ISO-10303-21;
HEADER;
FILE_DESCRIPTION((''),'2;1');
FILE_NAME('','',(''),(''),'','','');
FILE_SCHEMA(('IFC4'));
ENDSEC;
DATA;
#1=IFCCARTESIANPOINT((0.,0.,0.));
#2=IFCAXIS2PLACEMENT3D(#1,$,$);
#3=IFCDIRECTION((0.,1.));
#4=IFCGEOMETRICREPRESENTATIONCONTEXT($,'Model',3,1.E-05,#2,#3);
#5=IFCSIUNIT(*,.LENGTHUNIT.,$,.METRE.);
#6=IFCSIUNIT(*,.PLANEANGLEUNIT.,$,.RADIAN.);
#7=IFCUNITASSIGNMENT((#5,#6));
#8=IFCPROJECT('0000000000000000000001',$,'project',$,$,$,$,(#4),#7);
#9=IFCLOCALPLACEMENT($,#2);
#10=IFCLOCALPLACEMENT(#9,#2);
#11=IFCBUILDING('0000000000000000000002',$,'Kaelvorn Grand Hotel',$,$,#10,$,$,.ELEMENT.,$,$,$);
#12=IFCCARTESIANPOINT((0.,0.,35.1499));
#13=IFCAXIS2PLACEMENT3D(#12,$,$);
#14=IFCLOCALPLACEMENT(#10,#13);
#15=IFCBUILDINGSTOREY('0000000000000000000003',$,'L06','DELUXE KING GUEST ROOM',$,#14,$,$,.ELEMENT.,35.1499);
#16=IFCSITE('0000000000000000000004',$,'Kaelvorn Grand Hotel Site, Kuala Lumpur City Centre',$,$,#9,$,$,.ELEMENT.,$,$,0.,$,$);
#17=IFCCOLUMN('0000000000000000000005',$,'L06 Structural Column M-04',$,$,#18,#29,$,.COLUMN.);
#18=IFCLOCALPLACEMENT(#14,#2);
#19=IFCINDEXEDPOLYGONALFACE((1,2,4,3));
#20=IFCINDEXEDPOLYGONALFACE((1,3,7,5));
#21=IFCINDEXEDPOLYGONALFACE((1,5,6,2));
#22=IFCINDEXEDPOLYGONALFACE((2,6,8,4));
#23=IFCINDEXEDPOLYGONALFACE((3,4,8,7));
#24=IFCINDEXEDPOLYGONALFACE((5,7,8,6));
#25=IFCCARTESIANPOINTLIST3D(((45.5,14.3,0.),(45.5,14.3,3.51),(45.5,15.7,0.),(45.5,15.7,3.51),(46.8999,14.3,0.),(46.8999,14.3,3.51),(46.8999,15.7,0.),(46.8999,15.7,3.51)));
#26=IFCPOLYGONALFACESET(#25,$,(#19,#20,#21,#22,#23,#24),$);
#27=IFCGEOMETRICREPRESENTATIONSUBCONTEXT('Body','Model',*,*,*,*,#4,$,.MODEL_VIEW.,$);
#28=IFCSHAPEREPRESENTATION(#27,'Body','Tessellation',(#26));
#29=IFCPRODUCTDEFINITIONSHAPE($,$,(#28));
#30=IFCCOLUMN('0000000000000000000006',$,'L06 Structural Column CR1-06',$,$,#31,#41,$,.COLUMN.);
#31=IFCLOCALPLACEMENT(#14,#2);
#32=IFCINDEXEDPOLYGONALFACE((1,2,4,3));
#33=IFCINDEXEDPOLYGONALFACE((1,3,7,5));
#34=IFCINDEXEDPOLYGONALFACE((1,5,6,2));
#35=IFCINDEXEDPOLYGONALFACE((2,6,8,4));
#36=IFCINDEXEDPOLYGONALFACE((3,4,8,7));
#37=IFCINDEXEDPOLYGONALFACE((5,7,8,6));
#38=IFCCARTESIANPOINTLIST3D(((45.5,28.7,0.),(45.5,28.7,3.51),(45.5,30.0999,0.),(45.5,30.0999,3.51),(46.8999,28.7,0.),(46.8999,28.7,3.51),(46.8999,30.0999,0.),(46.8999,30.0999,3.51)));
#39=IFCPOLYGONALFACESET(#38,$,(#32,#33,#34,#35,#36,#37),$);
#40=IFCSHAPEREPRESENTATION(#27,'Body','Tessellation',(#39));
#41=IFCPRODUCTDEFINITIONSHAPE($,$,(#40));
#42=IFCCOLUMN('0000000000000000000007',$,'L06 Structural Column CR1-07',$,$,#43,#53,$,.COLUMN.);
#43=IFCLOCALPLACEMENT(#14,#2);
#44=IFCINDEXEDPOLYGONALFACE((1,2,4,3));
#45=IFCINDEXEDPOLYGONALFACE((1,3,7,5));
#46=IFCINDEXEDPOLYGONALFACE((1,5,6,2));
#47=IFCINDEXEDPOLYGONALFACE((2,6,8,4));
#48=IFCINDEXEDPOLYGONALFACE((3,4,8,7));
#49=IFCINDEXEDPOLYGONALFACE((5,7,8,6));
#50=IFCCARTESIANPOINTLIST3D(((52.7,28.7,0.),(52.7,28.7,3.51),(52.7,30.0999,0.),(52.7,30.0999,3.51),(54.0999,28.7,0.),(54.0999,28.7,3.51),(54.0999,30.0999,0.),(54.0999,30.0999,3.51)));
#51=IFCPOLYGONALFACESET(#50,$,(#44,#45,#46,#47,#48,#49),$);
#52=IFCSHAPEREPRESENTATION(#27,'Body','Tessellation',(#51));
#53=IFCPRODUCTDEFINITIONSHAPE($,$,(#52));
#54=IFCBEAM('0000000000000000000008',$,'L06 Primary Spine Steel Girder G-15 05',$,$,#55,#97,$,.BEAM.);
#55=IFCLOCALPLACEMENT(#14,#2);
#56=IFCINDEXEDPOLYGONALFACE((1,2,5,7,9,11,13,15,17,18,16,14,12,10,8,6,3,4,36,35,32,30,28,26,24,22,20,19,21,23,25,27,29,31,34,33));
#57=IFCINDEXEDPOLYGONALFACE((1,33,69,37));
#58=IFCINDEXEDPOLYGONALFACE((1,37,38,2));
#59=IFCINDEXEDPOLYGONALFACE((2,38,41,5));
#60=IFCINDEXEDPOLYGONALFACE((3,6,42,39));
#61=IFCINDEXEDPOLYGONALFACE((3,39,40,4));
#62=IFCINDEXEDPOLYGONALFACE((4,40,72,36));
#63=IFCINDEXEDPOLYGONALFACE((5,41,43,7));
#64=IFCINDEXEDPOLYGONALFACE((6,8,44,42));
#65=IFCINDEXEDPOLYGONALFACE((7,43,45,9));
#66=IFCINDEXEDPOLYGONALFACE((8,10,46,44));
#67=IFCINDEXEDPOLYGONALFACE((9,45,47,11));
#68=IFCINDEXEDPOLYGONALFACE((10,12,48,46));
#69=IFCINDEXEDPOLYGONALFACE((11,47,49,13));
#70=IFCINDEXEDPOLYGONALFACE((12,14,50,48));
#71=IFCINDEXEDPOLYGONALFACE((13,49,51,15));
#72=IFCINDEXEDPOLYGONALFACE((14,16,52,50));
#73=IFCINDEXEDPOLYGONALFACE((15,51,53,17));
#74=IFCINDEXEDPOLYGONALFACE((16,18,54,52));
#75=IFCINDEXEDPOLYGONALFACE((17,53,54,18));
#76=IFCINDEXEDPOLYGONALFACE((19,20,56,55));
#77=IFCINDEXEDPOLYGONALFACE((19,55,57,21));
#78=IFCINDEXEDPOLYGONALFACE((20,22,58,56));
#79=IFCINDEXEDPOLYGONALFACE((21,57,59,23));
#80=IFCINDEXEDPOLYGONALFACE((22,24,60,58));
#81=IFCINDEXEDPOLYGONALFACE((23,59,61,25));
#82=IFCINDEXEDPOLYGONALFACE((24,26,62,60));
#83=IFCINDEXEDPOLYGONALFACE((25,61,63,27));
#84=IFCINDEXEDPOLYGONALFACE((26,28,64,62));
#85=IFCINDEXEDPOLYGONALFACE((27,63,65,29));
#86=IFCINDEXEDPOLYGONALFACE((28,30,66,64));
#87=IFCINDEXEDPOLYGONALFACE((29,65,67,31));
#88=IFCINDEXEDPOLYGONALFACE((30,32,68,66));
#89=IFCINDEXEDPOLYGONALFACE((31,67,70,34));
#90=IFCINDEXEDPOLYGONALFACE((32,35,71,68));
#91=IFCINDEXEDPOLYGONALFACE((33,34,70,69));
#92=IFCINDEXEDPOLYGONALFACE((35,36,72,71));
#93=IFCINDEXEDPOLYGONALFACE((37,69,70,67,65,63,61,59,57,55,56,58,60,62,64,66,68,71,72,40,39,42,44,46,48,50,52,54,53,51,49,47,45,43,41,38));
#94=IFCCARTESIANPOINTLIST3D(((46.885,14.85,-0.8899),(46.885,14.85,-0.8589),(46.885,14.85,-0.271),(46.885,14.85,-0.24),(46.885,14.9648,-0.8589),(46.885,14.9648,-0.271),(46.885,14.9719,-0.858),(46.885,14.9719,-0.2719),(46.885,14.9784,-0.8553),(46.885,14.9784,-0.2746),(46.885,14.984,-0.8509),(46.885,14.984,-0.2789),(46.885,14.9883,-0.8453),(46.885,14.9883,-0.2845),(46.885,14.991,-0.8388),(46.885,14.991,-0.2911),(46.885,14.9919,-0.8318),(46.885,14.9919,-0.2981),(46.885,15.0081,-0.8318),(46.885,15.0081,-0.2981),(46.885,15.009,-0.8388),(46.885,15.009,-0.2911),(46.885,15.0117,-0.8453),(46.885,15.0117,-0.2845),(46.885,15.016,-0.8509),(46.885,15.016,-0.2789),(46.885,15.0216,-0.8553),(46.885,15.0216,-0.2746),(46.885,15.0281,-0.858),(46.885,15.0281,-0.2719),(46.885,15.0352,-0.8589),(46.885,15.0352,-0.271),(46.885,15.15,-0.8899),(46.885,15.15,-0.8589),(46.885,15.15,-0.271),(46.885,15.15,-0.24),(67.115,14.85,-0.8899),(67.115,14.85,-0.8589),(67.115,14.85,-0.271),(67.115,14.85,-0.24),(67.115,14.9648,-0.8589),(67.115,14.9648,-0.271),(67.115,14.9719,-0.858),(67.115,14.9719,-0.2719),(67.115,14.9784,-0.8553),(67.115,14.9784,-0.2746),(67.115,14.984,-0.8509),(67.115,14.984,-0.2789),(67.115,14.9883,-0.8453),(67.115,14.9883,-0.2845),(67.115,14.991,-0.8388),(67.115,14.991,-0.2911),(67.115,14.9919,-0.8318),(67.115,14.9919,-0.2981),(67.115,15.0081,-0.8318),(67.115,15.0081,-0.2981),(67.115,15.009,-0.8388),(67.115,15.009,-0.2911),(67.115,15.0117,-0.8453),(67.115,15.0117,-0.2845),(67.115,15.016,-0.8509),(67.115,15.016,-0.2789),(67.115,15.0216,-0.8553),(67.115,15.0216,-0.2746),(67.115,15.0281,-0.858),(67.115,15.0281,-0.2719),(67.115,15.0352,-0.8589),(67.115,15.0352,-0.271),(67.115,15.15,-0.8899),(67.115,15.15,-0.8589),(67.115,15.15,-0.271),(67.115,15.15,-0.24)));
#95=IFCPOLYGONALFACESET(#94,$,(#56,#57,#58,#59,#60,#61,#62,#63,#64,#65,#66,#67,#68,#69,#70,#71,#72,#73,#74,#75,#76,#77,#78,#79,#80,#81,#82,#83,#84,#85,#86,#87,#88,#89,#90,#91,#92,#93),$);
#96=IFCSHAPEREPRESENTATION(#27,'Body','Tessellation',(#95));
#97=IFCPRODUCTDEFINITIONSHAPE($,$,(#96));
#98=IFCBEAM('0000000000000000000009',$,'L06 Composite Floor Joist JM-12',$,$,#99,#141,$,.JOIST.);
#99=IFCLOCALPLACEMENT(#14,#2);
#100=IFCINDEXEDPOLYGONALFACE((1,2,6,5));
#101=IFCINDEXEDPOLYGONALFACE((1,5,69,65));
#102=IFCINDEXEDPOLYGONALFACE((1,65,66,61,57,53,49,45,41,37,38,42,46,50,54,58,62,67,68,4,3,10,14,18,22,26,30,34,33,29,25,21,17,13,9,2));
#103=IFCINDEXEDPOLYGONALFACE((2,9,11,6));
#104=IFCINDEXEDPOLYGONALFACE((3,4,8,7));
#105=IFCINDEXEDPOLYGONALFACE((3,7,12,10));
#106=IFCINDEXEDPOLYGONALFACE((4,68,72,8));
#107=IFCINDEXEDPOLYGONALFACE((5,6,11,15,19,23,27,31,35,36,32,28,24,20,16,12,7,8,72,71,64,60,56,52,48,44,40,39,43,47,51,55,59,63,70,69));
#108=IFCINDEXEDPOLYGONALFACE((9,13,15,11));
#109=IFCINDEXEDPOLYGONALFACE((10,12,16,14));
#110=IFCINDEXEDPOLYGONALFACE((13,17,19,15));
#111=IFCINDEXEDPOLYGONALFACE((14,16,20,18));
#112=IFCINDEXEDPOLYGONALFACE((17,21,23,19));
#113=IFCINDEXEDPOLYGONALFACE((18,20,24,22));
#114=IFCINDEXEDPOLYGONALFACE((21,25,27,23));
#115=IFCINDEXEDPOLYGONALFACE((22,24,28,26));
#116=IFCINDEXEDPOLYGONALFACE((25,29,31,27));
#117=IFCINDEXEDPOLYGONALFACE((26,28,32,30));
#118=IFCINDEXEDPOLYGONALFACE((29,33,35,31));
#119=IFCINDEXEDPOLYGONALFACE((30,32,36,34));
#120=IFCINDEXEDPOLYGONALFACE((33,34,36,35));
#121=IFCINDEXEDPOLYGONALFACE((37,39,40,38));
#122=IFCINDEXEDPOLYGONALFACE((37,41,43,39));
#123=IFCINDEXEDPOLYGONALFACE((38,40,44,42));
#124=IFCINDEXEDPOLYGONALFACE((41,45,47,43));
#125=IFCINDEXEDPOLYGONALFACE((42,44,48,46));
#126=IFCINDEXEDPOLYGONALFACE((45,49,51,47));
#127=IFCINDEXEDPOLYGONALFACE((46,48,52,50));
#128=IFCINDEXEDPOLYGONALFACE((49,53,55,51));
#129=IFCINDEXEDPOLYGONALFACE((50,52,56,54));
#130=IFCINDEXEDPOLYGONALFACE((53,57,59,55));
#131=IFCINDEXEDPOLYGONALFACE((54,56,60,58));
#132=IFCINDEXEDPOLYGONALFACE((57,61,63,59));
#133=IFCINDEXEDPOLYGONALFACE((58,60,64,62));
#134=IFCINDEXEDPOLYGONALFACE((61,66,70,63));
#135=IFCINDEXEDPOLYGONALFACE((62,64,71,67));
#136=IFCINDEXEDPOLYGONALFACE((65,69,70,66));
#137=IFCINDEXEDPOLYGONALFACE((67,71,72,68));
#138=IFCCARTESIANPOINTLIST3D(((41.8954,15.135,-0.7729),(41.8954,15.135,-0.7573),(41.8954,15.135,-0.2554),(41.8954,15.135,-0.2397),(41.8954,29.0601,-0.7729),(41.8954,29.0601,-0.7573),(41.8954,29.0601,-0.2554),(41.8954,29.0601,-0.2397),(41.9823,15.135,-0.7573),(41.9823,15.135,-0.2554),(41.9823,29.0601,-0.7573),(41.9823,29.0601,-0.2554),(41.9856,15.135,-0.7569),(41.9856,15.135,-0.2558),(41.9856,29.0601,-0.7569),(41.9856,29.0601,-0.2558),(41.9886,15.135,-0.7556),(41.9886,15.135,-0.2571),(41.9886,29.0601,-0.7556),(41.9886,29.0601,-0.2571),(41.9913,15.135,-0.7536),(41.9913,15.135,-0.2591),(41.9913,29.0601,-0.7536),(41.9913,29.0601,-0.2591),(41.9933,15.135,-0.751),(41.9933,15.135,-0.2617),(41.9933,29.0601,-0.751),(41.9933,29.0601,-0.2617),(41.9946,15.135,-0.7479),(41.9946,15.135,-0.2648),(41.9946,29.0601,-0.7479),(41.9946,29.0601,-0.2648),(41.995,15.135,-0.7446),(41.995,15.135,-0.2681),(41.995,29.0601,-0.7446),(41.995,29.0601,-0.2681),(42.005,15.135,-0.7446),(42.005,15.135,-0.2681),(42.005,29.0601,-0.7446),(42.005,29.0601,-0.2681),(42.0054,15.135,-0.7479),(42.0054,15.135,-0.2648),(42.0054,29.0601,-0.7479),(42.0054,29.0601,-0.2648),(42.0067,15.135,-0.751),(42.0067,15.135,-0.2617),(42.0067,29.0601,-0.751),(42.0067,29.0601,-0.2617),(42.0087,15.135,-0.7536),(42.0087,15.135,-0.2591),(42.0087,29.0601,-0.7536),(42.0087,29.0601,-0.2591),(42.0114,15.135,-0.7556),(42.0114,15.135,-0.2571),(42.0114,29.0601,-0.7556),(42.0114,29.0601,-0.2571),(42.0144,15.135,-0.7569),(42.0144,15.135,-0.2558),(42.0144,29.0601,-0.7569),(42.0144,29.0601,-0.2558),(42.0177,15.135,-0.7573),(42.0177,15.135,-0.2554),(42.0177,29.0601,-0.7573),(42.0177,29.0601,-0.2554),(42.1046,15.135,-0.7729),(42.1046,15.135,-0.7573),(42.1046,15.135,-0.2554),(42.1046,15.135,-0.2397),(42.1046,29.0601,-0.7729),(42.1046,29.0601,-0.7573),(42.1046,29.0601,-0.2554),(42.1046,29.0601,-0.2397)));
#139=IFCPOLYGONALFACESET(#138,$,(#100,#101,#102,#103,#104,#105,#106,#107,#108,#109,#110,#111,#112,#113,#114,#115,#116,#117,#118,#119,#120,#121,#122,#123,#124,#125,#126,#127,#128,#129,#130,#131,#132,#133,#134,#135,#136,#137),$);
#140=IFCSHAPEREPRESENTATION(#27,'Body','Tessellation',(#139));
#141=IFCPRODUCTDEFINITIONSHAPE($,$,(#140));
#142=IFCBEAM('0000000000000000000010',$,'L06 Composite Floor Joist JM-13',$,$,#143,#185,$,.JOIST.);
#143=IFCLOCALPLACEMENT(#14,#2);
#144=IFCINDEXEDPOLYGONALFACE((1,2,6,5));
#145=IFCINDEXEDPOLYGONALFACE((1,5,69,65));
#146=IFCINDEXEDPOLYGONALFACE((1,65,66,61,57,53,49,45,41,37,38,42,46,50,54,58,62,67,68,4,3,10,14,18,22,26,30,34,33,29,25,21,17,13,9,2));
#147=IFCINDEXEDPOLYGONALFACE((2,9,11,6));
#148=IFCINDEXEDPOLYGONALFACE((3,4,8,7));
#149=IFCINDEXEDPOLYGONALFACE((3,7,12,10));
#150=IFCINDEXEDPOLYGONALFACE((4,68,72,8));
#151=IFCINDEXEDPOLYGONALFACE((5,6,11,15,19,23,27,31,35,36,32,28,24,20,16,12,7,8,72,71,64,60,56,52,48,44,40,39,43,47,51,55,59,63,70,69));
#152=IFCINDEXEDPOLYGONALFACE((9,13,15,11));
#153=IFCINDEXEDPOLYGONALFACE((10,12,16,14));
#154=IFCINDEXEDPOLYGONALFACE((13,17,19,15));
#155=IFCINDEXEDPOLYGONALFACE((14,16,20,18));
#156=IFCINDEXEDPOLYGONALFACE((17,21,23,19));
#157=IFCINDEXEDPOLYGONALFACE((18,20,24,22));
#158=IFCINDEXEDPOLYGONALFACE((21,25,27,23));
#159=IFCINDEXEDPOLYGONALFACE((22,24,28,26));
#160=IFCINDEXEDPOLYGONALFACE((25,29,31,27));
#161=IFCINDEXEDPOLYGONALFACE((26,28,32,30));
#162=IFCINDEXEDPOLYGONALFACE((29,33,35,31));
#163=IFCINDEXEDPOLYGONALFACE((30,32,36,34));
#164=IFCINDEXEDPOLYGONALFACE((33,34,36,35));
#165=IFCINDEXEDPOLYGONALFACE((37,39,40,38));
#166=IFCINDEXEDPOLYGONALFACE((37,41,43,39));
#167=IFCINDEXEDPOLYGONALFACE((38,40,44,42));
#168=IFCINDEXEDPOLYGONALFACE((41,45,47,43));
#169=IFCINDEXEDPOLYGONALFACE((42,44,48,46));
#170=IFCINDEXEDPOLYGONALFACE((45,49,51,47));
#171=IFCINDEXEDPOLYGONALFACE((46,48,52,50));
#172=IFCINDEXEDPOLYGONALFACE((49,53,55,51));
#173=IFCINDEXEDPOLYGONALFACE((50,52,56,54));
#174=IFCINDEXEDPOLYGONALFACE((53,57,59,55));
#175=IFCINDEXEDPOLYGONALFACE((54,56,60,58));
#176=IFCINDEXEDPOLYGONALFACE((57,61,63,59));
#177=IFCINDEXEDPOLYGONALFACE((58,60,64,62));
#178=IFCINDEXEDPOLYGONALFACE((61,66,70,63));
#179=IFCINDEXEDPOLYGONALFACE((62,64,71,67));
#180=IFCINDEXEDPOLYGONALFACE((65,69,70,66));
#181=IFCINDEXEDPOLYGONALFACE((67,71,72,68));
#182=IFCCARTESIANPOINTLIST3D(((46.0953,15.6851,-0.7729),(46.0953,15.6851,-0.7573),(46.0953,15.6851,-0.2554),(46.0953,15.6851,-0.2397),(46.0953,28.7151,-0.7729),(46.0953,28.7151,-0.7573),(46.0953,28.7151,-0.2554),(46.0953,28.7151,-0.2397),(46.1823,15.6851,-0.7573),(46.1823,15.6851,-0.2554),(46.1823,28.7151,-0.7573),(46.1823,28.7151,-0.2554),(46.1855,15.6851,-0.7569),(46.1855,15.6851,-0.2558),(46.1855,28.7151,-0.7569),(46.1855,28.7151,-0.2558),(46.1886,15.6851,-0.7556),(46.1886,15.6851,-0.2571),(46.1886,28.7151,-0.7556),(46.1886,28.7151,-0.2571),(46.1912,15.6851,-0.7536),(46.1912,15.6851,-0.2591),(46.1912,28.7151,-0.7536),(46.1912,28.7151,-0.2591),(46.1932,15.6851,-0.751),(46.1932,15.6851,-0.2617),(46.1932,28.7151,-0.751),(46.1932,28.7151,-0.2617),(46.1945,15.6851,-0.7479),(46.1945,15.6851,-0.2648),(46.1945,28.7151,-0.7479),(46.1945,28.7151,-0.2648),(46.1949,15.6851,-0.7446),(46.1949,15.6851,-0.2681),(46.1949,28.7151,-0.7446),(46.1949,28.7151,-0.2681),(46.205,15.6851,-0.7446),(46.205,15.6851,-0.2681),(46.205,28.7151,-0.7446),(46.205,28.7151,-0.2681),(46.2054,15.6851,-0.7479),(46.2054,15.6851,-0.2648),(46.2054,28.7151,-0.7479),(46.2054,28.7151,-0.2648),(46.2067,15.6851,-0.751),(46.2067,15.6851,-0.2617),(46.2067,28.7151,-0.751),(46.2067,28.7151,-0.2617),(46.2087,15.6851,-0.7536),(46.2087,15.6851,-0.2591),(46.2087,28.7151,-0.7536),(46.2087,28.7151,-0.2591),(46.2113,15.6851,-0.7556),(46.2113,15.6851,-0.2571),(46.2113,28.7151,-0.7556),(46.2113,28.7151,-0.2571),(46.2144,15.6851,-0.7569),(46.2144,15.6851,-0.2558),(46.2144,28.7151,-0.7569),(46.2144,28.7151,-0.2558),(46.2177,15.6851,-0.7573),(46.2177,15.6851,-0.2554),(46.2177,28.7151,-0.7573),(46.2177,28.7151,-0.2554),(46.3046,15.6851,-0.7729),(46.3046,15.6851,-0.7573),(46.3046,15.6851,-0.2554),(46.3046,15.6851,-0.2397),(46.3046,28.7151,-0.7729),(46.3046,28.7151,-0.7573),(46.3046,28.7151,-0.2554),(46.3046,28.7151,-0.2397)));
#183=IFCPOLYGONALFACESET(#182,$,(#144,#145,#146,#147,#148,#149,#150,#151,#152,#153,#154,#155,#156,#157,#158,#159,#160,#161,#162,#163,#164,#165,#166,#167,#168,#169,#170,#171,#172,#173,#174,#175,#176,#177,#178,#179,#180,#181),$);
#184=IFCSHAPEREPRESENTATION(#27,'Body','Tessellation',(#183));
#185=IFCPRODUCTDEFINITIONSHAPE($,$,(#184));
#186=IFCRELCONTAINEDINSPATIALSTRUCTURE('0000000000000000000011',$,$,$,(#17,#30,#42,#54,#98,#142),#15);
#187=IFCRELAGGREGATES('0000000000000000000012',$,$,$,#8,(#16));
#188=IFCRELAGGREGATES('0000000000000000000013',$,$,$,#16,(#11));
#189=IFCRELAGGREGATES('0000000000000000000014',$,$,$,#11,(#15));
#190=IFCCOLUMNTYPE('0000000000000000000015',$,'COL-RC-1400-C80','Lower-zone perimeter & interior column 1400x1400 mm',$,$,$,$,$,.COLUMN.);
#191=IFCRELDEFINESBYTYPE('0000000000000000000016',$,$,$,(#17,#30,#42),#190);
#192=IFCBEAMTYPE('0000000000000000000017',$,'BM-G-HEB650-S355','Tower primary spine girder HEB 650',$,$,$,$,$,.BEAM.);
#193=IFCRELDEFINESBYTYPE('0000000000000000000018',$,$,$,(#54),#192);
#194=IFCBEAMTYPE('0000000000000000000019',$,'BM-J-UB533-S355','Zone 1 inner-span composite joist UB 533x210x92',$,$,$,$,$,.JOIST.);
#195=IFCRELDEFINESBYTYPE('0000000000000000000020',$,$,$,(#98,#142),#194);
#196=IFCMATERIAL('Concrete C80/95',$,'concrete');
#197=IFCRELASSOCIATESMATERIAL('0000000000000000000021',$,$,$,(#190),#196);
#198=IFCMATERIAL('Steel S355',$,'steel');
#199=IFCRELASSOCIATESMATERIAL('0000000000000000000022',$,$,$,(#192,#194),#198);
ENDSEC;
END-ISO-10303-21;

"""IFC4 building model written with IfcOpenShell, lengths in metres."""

from ifc_helpers import new_model, si_unit, direction, frame, origin, origin_2d, place, context, subcontext, project, spatial, rectangle, i_section, extrude, material, material_profile, profile_set, type_object, element, save


model = new_model("IFC4")

# Units and contexts
model_context = context("Model", 3, precision=1e-05, world=origin(), true_north=direction((0.0, 1.0)))
body_context = subcontext(model_context, "Body", "Model", "MODEL_VIEW")
ifc_project = project(units=[si_unit("LENGTHUNIT", "METRE"), si_unit("PLANEANGLEUNIT", "RADIAN")], contexts=[model_context])

# Site, building, storey
site_placement = place(None, origin())
site = spatial("IfcSite", under=ifc_project, at=site_placement, Name="Kaelvorn Grand Hotel Site, Kuala Lumpur City Centre", CompositionType="ELEMENT", RefElevation=0.0)
building_placement = place(site_placement, origin())
building = spatial("IfcBuilding", under=site, at=building_placement, Name="Kaelvorn Grand Hotel", CompositionType="ELEMENT")
storey_placement = place(building_placement, frame((0.0, 0.0, 35.1499)))
storey = spatial("IfcBuildingStorey", under=building, at=storey_placement, Name="L06", Description="DELUXE KING GUEST ROOM", CompositionType="ELEMENT", Elevation=35.1499)

# Columns
ifc_material_1 = material(Name="Concrete C80/95", Category="concrete")
ifc_material_profile_1 = material_profile(ifc_material_1, rectangle(XDim=1.3999, YDim=1.3999, at=origin_2d()), Name="RC COL 1400x1400")
ifc_profile_set_1 = profile_set([ifc_material_profile_1], Name="Concrete C80/95")
column_type = type_object("IfcColumnType", Name="COL-RC-1400-C80", Description="Lower-zone perimeter & interior column 1400x1400 mm", PredefinedType="COLUMN", material=ifc_profile_set_1)
for number, where, z_axis, x_axis, name in (
    (1, (46.2, 15.0, 0.0), (0.0, 0.0, 1.0), (1.0, 0.0, 0.0), "L06 Structural Column M-04"),
    (2, (46.2, 29.3999, 0.0), (0.0, 0.0, 1.0), (1.0, 0.0, 0.0), "L06 Structural Column CR1-06"),
    (3, (53.3999, 29.3999, 0.0), (0.0, 0.0, 1.0), (1.0, 0.0, 0.0), "L06 Structural Column CR1-07"),
):
    element("IfcColumn", number, at=place(storey_placement, frame(where, z_axis=z_axis, x_axis=x_axis)), inside=storey, type_object=column_type, Name=name, PredefinedType="COLUMN", context=body_context, shape_type="SweptSolid", body=[
        extrude(rectangle(XDim=1.3999, YDim=1.3999, at=origin_2d()), origin(), (0.0, 0.0, 1.0), 3.51),
    ])

# Beams
ifc_material_2 = material(Name="Steel S355", Category="steel")
ifc_material_profile_2 = material_profile(ifc_material_2, i_section(OverallWidth=0.3, OverallDepth=0.6499, WebThickness=0.0161, FlangeThickness=0.031, FilletRadius=0.0271, at=origin_2d()), Name="HEB 650")
ifc_profile_set_2 = profile_set([ifc_material_profile_2], Name="Steel S355")
beam_type_1 = type_object("IfcBeamType", Name="BM-G-HEB650-S355", Description="Tower primary spine girder HEB 650", PredefinedType="BEAM", material=ifc_profile_set_2)
beam_1_placement = place(storey_placement, frame((46.885, 15.0, -0.5649), z_axis=(1.0, 0.0, 0.0), x_axis=(0.0, 1.0, 0.0)))
element("IfcBeam", 4, at=beam_1_placement, inside=storey, type_object=beam_type_1, Name="L06 Primary Spine Steel Girder G-15 05", PredefinedType="BEAM", context=body_context, shape_type="SweptSolid", body=[
    extrude(i_section(OverallWidth=0.3, OverallDepth=0.6499, WebThickness=0.0161, FlangeThickness=0.031, FilletRadius=0.0271, at=origin_2d()), origin(), (0.0, 0.0, 1.0), 20.23),
])
ifc_material_profile_3 = material_profile(ifc_material_2, i_section(OverallWidth=0.2092, OverallDepth=0.5332, WebThickness=0.01, FlangeThickness=0.0156, FilletRadius=0.0127, at=origin_2d()), Name="UB 533x210x92")
ifc_profile_set_3 = profile_set([ifc_material_profile_3], Name="Steel S355")
beam_type_2 = type_object("IfcBeamType", Name="BM-J-UB533-S355", Description="Zone 1 inner-span composite joist UB 533x210x92", PredefinedType="JOIST", material=ifc_profile_set_3)
beam_2_placement = place(storey_placement, frame((42.0, 15.135, -0.5063), z_axis=(0.0, 1.0, 0.0), x_axis=(-1.0, 0.0, 0.0)))
element("IfcBeam", 5, at=beam_2_placement, inside=storey, type_object=beam_type_2, Name="L06 Composite Floor Joist JM-12", PredefinedType="JOIST", context=body_context, shape_type="SweptSolid", body=[
    extrude(i_section(OverallWidth=0.2092, OverallDepth=0.5332, WebThickness=0.01, FlangeThickness=0.0156, FilletRadius=0.0127, at=origin_2d()), origin(), (0.0, 0.0, 1.0), 13.925),
])
beam_3_placement = place(storey_placement, frame((46.2, 15.6851, -0.5063), z_axis=(0.0, 1.0, 0.0), x_axis=(-1.0, 0.0, 0.0)))
element("IfcBeam", 6, at=beam_3_placement, inside=storey, type_object=beam_type_2, Name="L06 Composite Floor Joist JM-13", PredefinedType="JOIST", context=body_context, shape_type="SweptSolid", body=[
    extrude(i_section(OverallWidth=0.2092, OverallDepth=0.5332, WebThickness=0.01, FlangeThickness=0.0156, FilletRadius=0.0127, at=origin_2d()), origin(), (0.0, 0.0, 1.0), 13.03),
])

save(model, "model.ifc")
